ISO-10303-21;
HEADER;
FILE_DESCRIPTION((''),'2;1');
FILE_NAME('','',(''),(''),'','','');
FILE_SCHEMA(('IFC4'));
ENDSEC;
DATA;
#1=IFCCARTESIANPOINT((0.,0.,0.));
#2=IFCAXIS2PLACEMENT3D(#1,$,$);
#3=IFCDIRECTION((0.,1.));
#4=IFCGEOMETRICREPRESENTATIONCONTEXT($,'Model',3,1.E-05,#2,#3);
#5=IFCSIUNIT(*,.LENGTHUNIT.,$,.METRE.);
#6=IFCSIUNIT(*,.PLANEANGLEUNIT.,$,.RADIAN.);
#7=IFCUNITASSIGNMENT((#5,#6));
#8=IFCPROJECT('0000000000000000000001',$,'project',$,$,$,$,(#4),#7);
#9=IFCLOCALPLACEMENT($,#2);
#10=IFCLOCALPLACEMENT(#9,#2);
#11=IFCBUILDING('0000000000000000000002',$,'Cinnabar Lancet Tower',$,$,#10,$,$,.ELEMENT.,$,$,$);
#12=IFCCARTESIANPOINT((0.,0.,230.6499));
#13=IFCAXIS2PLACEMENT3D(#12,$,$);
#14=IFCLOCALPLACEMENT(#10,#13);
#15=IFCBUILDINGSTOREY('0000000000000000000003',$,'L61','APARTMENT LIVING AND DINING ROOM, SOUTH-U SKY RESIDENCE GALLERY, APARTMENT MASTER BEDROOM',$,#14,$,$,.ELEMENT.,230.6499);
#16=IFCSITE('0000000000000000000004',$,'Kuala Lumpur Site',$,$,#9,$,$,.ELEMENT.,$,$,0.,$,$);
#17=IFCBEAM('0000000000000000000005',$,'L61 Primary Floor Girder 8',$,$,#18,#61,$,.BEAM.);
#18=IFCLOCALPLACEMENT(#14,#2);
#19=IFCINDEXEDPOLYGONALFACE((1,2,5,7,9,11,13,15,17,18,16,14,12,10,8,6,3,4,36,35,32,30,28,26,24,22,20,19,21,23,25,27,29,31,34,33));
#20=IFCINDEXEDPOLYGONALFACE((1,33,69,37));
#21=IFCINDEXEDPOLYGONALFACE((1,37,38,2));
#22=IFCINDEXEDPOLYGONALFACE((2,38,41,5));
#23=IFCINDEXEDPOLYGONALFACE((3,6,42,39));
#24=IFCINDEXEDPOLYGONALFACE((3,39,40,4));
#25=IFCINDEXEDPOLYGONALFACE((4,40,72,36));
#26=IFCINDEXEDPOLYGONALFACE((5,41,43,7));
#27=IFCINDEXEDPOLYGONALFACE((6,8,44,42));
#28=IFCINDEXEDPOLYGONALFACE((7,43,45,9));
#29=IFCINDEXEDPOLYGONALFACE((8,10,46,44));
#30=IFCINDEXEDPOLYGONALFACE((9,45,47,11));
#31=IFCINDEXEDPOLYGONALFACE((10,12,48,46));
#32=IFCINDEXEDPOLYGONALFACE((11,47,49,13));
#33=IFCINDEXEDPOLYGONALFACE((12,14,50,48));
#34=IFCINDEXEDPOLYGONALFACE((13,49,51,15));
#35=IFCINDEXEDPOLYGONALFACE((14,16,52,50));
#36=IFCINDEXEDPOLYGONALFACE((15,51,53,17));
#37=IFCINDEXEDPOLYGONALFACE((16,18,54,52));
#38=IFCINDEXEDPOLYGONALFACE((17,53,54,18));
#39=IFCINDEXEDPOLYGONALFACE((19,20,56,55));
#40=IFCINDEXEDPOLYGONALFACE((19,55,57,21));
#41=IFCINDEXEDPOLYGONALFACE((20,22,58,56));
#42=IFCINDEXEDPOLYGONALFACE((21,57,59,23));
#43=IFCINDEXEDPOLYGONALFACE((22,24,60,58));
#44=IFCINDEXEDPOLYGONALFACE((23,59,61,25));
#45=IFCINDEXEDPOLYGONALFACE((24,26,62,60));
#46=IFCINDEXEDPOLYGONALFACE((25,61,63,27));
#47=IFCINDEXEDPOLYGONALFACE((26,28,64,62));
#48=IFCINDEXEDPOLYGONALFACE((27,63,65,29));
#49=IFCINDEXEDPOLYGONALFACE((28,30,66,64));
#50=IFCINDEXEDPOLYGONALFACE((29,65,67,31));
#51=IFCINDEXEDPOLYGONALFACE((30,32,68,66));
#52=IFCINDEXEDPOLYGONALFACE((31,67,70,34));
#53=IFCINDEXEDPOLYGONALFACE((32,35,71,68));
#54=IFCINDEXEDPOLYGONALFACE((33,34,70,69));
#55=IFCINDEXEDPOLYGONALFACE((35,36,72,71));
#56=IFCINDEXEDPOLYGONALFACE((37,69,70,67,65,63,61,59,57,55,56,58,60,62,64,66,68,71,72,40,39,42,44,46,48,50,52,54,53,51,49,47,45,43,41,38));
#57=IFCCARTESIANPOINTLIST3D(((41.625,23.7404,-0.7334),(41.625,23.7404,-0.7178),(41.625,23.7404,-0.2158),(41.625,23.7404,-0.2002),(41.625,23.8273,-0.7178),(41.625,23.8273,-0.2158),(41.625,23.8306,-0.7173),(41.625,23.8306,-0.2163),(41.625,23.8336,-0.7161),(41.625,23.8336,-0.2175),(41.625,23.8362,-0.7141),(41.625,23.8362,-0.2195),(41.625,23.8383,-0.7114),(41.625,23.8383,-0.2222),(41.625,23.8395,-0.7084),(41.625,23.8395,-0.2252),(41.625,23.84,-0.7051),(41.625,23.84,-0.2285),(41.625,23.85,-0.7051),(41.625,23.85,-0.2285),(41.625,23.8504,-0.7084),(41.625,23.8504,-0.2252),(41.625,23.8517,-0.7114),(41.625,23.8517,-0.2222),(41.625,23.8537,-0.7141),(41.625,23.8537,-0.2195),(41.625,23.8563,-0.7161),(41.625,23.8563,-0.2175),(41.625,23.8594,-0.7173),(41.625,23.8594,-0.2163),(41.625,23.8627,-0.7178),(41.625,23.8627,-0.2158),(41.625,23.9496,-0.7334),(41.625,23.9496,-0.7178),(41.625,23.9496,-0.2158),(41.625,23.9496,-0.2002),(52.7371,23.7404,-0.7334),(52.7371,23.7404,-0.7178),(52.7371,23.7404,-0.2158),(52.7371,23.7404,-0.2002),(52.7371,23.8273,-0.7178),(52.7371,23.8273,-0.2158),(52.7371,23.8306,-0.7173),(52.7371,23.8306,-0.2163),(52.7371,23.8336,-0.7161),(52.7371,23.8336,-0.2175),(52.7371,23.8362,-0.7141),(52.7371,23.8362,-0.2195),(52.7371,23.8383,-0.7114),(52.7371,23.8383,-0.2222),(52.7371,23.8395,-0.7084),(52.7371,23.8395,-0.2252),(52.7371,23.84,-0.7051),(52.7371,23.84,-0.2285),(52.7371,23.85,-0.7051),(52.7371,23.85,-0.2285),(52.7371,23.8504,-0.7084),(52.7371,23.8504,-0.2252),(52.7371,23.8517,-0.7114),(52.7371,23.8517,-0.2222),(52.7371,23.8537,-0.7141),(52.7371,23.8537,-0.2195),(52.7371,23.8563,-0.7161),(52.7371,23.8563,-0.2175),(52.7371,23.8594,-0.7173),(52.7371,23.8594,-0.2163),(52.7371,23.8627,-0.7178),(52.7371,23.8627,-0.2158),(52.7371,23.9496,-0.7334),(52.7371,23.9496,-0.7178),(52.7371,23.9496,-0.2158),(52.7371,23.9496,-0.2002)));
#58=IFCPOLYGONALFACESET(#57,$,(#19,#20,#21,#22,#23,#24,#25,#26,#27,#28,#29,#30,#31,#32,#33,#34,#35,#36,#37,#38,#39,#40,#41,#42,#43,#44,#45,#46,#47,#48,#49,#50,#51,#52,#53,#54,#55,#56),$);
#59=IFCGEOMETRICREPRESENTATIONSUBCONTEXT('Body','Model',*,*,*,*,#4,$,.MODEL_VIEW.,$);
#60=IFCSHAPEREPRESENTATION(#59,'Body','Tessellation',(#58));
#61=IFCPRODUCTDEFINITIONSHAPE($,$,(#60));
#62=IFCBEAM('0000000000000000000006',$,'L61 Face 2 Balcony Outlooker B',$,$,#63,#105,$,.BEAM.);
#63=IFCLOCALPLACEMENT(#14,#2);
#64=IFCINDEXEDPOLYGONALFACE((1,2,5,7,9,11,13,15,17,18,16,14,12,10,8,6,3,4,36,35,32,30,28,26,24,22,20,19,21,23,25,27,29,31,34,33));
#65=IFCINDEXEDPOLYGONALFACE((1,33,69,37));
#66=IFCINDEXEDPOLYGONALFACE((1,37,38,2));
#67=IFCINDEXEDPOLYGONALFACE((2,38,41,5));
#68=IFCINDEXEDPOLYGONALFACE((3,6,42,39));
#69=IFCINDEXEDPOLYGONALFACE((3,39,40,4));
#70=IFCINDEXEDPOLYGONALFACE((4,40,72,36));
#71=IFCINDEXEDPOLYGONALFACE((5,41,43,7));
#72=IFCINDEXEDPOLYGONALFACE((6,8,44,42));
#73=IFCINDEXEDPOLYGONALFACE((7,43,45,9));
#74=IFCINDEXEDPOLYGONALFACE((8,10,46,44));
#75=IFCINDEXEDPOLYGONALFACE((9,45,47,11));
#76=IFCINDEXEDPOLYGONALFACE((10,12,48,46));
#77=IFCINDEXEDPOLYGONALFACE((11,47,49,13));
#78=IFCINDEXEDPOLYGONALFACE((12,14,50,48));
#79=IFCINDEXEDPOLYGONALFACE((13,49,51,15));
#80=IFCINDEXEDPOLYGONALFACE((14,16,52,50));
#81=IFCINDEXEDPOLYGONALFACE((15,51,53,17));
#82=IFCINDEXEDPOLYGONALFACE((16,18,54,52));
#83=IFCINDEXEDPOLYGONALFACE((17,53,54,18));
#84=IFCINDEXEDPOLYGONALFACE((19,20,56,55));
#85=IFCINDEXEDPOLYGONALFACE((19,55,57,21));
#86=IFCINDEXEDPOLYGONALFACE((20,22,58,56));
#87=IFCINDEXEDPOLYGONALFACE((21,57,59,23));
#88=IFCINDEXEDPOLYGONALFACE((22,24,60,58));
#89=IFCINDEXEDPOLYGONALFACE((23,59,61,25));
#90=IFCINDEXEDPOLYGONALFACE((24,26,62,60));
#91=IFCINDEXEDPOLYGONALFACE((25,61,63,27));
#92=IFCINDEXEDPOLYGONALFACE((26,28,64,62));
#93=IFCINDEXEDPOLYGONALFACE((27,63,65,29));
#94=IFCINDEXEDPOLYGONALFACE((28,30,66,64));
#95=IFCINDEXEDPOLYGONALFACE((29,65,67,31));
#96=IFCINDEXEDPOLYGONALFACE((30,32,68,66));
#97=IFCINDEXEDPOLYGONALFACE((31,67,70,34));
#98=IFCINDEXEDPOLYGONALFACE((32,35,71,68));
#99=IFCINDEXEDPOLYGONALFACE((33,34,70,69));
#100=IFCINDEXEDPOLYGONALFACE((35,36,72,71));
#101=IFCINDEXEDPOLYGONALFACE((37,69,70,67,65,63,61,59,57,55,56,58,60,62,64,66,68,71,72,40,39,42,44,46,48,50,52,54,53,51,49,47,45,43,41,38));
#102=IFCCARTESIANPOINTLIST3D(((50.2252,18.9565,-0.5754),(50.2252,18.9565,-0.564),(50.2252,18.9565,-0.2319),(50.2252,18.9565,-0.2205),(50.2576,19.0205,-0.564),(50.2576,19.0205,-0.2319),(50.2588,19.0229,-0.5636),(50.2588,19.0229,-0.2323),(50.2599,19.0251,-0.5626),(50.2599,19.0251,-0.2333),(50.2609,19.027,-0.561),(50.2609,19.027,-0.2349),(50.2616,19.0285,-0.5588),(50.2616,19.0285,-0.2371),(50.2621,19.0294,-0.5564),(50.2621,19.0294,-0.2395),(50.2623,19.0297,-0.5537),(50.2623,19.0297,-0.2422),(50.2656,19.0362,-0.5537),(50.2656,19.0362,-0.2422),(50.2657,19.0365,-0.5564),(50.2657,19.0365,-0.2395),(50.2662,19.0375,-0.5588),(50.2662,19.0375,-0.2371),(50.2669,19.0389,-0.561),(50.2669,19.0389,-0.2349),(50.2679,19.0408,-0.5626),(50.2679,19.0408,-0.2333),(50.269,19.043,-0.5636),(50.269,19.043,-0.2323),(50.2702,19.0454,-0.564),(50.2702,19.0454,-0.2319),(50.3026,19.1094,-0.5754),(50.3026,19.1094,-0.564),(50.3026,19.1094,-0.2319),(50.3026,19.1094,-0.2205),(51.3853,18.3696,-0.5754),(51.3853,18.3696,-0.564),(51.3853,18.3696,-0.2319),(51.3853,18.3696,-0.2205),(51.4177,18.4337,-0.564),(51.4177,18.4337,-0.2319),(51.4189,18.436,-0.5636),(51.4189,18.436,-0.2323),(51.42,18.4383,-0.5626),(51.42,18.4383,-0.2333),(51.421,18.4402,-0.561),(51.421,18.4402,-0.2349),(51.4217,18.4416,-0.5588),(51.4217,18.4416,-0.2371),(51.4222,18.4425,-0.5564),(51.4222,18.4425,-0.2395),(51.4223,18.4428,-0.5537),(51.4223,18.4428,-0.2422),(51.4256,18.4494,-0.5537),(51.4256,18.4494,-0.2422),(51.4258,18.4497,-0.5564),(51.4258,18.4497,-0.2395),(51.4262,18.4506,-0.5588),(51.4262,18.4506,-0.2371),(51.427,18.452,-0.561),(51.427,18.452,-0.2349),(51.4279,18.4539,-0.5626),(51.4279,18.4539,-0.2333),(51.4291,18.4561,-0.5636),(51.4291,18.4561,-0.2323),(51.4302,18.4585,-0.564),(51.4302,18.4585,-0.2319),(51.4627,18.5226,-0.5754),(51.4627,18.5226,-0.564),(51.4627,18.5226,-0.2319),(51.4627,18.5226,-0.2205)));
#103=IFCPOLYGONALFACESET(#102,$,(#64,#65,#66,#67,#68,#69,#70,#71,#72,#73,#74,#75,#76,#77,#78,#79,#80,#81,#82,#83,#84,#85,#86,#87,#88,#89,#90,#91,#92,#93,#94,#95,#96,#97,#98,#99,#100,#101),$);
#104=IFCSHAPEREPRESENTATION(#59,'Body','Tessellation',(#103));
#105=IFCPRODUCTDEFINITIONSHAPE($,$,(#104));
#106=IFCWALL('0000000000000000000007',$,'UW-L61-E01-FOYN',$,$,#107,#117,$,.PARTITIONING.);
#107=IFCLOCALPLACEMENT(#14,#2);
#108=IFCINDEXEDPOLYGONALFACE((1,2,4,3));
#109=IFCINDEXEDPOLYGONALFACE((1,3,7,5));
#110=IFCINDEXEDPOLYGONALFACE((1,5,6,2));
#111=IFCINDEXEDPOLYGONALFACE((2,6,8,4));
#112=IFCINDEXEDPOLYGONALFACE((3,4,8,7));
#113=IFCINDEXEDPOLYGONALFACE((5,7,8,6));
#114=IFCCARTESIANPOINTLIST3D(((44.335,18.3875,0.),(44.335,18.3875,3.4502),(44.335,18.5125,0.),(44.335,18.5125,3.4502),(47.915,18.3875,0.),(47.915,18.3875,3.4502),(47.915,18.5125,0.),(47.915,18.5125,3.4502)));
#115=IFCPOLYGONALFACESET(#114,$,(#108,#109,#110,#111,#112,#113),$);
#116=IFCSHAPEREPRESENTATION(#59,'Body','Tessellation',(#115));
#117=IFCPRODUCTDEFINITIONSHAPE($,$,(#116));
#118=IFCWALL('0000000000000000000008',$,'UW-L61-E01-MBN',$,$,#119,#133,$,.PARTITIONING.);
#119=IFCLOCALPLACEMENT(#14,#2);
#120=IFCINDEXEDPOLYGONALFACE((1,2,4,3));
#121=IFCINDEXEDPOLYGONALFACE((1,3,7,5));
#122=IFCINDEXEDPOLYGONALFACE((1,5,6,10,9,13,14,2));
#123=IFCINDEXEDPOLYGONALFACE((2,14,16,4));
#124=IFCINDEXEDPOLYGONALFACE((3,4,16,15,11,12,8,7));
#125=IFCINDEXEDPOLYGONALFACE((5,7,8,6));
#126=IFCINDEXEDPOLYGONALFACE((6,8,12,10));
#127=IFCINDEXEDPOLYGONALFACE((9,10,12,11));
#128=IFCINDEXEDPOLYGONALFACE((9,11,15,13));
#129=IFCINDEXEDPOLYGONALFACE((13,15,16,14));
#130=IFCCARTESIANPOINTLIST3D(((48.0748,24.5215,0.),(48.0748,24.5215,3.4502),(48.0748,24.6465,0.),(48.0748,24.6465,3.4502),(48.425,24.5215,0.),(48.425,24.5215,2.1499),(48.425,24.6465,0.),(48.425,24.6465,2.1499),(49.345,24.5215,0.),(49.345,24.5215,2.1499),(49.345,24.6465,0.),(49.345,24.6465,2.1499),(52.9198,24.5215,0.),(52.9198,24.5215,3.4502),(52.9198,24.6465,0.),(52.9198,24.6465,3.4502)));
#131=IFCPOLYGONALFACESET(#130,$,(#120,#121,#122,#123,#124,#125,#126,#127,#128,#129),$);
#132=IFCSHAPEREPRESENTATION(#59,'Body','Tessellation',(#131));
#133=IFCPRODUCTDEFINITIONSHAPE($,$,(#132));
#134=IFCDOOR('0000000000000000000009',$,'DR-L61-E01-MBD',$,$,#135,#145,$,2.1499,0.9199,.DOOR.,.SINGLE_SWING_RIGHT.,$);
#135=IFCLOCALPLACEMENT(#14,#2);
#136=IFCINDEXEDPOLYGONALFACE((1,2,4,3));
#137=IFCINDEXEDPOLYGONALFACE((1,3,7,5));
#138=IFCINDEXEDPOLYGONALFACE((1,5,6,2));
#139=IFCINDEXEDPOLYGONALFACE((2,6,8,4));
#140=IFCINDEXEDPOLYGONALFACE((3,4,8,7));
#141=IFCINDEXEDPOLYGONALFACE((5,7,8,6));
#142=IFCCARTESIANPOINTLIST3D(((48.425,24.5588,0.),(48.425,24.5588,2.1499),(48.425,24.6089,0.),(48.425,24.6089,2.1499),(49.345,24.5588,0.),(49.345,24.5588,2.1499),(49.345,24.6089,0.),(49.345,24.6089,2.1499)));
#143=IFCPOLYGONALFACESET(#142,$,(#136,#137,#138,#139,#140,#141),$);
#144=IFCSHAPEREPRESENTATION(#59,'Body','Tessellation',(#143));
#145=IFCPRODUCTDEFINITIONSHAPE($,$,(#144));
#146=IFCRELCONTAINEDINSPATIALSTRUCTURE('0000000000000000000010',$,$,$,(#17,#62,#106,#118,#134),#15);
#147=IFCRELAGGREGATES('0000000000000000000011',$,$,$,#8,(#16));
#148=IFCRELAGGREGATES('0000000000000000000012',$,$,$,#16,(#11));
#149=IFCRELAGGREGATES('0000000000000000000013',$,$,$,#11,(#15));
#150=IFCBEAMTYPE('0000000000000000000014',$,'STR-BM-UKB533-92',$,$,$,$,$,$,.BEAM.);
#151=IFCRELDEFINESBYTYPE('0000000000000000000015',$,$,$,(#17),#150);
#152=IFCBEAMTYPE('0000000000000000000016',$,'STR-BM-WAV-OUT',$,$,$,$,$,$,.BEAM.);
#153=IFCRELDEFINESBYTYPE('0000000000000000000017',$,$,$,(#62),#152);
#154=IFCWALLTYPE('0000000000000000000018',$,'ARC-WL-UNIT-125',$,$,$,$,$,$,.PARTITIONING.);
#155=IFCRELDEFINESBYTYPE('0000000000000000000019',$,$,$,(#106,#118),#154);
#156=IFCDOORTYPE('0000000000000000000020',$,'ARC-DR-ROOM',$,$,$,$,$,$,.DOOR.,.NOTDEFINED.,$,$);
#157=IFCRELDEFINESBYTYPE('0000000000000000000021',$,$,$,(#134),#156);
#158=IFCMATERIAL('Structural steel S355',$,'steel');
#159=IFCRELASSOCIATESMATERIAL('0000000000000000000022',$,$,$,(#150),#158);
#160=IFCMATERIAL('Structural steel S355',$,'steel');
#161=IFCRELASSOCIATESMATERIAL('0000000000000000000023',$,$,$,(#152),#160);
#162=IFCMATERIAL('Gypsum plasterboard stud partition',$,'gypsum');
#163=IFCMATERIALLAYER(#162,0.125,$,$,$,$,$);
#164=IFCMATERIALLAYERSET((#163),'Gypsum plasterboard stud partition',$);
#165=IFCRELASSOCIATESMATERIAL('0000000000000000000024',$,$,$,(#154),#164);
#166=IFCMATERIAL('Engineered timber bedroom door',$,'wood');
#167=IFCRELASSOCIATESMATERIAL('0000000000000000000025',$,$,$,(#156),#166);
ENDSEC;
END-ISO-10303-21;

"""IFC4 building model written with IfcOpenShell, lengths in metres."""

from ifc_helpers import new_model, si_unit, direction, frame, frame_2d, origin, origin_2d, place, context, subcontext, project, spatial, rectangle, i_section, extrude, material, layer, layer_set, material_profile, profile_set, type_object, element, fill, save


model = new_model("IFC4")

# Units and contexts
model_context = context("Model", 3, precision=1e-05, world=origin(), true_north=direction((0.0, 1.0)))
body_context = subcontext(model_context, "Body", "Model", "MODEL_VIEW")
ifc_project = project(units=[si_unit("LENGTHUNIT", "METRE"), si_unit("PLANEANGLEUNIT", "RADIAN")], contexts=[model_context])

# Site, building, storey
site_placement = place(None, origin())
site = spatial("IfcSite", under=ifc_project, at=site_placement, Name="Kuala Lumpur Site", CompositionType="ELEMENT", RefElevation=0.0)
building_placement = place(site_placement, origin())
building = spatial("IfcBuilding", under=site, at=building_placement, Name="Cinnabar Lancet Tower", CompositionType="ELEMENT")
storey_placement = place(building_placement, frame((0.0, 0.0, 230.6499)))
storey = spatial("IfcBuildingStorey", under=building, at=storey_placement, Name="L61", Description="APARTMENT LIVING AND DINING ROOM, SOUTH-U SKY RESIDENCE GALLERY, APARTMENT MASTER BEDROOM", CompositionType="ELEMENT", Elevation=230.6499)

# Beams
ifc_material_1 = material(Name="Structural steel S355", Category="steel")
ifc_material_profile_1 = material_profile(ifc_material_1, i_section(OverallWidth=0.2092, OverallDepth=0.5332, WebThickness=0.01, FlangeThickness=0.0156, FilletRadius=0.0127, at=origin_2d()), Name="UKB 533x210x92")
ifc_profile_set_1 = profile_set([ifc_material_profile_1], Name="Structural steel S355")
beam_type_1 = type_object("IfcBeamType", Name="STR-BM-UKB533-92", PredefinedType="BEAM", material=ifc_profile_set_1)
beam_1_placement = place(storey_placement, frame((52.7371, 23.845, -0.4668), z_axis=(-1.0, 0.0, 0.0), x_axis=(0.0, -1.0, 0.0)))
element("IfcBeam", 1, at=beam_1_placement, inside=storey, type_object=beam_type_1, Name="L61 Primary Floor Girder 8", PredefinedType="BEAM", context=body_context, shape_type="SweptSolid", body=[
    extrude(i_section(OverallWidth=0.2092, OverallDepth=0.5332, WebThickness=0.01, FlangeThickness=0.0156, FilletRadius=0.0127, at=origin_2d()), origin(), (0.0, 0.0, 1.0), 11.1121),
])
ifc_material_2 = material(Name="Structural steel S355", Category="steel")
ifc_material_profile_2 = material_profile(ifc_material_2, i_section(OverallWidth=0.1714, OverallDepth=0.355, WebThickness=0.0073, FlangeThickness=0.0115, FilletRadius=0.0103, at=origin_2d()), Name="UKB 356x171x51")
ifc_profile_set_2 = profile_set([ifc_material_profile_2], Name="Structural steel S355")
beam_type_2 = type_object("IfcBeamType", Name="STR-BM-WAV-OUT", PredefinedType="BEAM", material=ifc_profile_set_2)
beam_2_placement = place(storey_placement, frame((50.2639, 19.033, -0.3979), z_axis=(0.892314, -0.451415, 0.0), x_axis=(0.451415, 0.892314, 0.0)))
element("IfcBeam", 2, at=beam_2_placement, inside=storey, type_object=beam_type_2, Name="L61 Face 2 Balcony Outlooker B", PredefinedType="BEAM", context=body_context, shape_type="SweptSolid", body=[
    extrude(i_section(OverallWidth=0.1714, OverallDepth=0.355, WebThickness=0.0073, FlangeThickness=0.0115, FilletRadius=0.0103, at=origin_2d()), origin(), (0.0, 0.0, 1.0), 1.3),
])

# Wall
ifc_material_3 = material(Name="Gypsum plasterboard stud partition", Category="gypsum")
ifc_layer_1 = layer(ifc_material_3, 0.125)
ifc_layer_set_1 = layer_set([ifc_layer_1], Name="Gypsum plasterboard stud partition")
wall_type_1 = type_object("IfcWallType", Name="ARC-WL-UNIT-125", PredefinedType="PARTITIONING", material=ifc_layer_set_1)
wall_1_placement = place(storey_placement, frame((44.335, 18.45, 0.0), z_axis=(0.0, 0.0, 1.0), x_axis=(1.0, 0.0, 0.0)))
element("IfcWall", 3, at=wall_1_placement, inside=storey, type_object=wall_type_1, Name="UW-L61-E01-FOYN", PredefinedType="PARTITIONING", context=body_context, shape_type="SweptSolid", body=[
    extrude(rectangle(XDim=3.5801, YDim=0.125, at=frame_2d((1.79, 0.0))), origin(), (0.0, 0.0, 1.0), 3.4502),
])

# Wall, opening, door
wall_2_placement = place(storey_placement, frame((48.075, 24.584, 0.0), z_axis=(0.0, 0.0, 1.0), x_axis=(1.0, 0.0, 0.0)))
wall_2 = element("IfcWall", 4, at=wall_2_placement, inside=storey, type_object=wall_type_1, Name="UW-L61-E01-MBN", PredefinedType="PARTITIONING", context=body_context, shape_type="SweptSolid", body=[
    extrude(rectangle(XDim=4.845, YDim=0.125, at=frame_2d((2.4224, 0.0))), origin(), (0.0, 0.0, 1.0), 3.4502),
])
opening_1_placement = place(wall_2_placement, frame((0.3501, 0.0, 0.0)))
opening_1 = element("IfcOpeningElement", 5, at=opening_1_placement, cuts=wall_2, PredefinedType="OPENING", context=body_context, shape_type="SweptSolid", body=[
    extrude(rectangle(XDim=0.9199, YDim=2.1499, at=frame_2d((0.46, 1.075))), frame((0.0, 0.0725, 0.0), z_axis=(0.0, -1.0, 0.0), x_axis=(1.0, 0.0, 0.0)), (0.0, 0.0, 1.0), 0.145),
])
ifc_material_4 = material(Name="Engineered timber bedroom door", Category="wood")
door_type_1 = type_object("IfcDoorType", Name="ARC-DR-ROOM", OperationType="NOTDEFINED", PredefinedType="DOOR", material=ifc_material_4)
door_1_placement = place(opening_1_placement, origin())
door_1 = element("IfcDoor", 6, at=door_1_placement, inside=storey, type_object=door_type_1, Name="DR-L61-E01-MBD", OperationType="SINGLE_SWING_RIGHT", OverallHeight=2.1499, OverallWidth=0.9199, PredefinedType="DOOR", context=body_context, shape_type="SweptSolid", body=[
    extrude(rectangle(XDim=0.9199, YDim=2.1499, at=frame_2d((0.46, 1.075))), frame((0.0, 0.0249, 0.0), z_axis=(0.0, -1.0, 0.0), x_axis=(1.0, 0.0, 0.0)), (0.0, 0.0, 1.0), 0.05),
])
fill(opening_1, door_1)

save(model, "model.ifc")
